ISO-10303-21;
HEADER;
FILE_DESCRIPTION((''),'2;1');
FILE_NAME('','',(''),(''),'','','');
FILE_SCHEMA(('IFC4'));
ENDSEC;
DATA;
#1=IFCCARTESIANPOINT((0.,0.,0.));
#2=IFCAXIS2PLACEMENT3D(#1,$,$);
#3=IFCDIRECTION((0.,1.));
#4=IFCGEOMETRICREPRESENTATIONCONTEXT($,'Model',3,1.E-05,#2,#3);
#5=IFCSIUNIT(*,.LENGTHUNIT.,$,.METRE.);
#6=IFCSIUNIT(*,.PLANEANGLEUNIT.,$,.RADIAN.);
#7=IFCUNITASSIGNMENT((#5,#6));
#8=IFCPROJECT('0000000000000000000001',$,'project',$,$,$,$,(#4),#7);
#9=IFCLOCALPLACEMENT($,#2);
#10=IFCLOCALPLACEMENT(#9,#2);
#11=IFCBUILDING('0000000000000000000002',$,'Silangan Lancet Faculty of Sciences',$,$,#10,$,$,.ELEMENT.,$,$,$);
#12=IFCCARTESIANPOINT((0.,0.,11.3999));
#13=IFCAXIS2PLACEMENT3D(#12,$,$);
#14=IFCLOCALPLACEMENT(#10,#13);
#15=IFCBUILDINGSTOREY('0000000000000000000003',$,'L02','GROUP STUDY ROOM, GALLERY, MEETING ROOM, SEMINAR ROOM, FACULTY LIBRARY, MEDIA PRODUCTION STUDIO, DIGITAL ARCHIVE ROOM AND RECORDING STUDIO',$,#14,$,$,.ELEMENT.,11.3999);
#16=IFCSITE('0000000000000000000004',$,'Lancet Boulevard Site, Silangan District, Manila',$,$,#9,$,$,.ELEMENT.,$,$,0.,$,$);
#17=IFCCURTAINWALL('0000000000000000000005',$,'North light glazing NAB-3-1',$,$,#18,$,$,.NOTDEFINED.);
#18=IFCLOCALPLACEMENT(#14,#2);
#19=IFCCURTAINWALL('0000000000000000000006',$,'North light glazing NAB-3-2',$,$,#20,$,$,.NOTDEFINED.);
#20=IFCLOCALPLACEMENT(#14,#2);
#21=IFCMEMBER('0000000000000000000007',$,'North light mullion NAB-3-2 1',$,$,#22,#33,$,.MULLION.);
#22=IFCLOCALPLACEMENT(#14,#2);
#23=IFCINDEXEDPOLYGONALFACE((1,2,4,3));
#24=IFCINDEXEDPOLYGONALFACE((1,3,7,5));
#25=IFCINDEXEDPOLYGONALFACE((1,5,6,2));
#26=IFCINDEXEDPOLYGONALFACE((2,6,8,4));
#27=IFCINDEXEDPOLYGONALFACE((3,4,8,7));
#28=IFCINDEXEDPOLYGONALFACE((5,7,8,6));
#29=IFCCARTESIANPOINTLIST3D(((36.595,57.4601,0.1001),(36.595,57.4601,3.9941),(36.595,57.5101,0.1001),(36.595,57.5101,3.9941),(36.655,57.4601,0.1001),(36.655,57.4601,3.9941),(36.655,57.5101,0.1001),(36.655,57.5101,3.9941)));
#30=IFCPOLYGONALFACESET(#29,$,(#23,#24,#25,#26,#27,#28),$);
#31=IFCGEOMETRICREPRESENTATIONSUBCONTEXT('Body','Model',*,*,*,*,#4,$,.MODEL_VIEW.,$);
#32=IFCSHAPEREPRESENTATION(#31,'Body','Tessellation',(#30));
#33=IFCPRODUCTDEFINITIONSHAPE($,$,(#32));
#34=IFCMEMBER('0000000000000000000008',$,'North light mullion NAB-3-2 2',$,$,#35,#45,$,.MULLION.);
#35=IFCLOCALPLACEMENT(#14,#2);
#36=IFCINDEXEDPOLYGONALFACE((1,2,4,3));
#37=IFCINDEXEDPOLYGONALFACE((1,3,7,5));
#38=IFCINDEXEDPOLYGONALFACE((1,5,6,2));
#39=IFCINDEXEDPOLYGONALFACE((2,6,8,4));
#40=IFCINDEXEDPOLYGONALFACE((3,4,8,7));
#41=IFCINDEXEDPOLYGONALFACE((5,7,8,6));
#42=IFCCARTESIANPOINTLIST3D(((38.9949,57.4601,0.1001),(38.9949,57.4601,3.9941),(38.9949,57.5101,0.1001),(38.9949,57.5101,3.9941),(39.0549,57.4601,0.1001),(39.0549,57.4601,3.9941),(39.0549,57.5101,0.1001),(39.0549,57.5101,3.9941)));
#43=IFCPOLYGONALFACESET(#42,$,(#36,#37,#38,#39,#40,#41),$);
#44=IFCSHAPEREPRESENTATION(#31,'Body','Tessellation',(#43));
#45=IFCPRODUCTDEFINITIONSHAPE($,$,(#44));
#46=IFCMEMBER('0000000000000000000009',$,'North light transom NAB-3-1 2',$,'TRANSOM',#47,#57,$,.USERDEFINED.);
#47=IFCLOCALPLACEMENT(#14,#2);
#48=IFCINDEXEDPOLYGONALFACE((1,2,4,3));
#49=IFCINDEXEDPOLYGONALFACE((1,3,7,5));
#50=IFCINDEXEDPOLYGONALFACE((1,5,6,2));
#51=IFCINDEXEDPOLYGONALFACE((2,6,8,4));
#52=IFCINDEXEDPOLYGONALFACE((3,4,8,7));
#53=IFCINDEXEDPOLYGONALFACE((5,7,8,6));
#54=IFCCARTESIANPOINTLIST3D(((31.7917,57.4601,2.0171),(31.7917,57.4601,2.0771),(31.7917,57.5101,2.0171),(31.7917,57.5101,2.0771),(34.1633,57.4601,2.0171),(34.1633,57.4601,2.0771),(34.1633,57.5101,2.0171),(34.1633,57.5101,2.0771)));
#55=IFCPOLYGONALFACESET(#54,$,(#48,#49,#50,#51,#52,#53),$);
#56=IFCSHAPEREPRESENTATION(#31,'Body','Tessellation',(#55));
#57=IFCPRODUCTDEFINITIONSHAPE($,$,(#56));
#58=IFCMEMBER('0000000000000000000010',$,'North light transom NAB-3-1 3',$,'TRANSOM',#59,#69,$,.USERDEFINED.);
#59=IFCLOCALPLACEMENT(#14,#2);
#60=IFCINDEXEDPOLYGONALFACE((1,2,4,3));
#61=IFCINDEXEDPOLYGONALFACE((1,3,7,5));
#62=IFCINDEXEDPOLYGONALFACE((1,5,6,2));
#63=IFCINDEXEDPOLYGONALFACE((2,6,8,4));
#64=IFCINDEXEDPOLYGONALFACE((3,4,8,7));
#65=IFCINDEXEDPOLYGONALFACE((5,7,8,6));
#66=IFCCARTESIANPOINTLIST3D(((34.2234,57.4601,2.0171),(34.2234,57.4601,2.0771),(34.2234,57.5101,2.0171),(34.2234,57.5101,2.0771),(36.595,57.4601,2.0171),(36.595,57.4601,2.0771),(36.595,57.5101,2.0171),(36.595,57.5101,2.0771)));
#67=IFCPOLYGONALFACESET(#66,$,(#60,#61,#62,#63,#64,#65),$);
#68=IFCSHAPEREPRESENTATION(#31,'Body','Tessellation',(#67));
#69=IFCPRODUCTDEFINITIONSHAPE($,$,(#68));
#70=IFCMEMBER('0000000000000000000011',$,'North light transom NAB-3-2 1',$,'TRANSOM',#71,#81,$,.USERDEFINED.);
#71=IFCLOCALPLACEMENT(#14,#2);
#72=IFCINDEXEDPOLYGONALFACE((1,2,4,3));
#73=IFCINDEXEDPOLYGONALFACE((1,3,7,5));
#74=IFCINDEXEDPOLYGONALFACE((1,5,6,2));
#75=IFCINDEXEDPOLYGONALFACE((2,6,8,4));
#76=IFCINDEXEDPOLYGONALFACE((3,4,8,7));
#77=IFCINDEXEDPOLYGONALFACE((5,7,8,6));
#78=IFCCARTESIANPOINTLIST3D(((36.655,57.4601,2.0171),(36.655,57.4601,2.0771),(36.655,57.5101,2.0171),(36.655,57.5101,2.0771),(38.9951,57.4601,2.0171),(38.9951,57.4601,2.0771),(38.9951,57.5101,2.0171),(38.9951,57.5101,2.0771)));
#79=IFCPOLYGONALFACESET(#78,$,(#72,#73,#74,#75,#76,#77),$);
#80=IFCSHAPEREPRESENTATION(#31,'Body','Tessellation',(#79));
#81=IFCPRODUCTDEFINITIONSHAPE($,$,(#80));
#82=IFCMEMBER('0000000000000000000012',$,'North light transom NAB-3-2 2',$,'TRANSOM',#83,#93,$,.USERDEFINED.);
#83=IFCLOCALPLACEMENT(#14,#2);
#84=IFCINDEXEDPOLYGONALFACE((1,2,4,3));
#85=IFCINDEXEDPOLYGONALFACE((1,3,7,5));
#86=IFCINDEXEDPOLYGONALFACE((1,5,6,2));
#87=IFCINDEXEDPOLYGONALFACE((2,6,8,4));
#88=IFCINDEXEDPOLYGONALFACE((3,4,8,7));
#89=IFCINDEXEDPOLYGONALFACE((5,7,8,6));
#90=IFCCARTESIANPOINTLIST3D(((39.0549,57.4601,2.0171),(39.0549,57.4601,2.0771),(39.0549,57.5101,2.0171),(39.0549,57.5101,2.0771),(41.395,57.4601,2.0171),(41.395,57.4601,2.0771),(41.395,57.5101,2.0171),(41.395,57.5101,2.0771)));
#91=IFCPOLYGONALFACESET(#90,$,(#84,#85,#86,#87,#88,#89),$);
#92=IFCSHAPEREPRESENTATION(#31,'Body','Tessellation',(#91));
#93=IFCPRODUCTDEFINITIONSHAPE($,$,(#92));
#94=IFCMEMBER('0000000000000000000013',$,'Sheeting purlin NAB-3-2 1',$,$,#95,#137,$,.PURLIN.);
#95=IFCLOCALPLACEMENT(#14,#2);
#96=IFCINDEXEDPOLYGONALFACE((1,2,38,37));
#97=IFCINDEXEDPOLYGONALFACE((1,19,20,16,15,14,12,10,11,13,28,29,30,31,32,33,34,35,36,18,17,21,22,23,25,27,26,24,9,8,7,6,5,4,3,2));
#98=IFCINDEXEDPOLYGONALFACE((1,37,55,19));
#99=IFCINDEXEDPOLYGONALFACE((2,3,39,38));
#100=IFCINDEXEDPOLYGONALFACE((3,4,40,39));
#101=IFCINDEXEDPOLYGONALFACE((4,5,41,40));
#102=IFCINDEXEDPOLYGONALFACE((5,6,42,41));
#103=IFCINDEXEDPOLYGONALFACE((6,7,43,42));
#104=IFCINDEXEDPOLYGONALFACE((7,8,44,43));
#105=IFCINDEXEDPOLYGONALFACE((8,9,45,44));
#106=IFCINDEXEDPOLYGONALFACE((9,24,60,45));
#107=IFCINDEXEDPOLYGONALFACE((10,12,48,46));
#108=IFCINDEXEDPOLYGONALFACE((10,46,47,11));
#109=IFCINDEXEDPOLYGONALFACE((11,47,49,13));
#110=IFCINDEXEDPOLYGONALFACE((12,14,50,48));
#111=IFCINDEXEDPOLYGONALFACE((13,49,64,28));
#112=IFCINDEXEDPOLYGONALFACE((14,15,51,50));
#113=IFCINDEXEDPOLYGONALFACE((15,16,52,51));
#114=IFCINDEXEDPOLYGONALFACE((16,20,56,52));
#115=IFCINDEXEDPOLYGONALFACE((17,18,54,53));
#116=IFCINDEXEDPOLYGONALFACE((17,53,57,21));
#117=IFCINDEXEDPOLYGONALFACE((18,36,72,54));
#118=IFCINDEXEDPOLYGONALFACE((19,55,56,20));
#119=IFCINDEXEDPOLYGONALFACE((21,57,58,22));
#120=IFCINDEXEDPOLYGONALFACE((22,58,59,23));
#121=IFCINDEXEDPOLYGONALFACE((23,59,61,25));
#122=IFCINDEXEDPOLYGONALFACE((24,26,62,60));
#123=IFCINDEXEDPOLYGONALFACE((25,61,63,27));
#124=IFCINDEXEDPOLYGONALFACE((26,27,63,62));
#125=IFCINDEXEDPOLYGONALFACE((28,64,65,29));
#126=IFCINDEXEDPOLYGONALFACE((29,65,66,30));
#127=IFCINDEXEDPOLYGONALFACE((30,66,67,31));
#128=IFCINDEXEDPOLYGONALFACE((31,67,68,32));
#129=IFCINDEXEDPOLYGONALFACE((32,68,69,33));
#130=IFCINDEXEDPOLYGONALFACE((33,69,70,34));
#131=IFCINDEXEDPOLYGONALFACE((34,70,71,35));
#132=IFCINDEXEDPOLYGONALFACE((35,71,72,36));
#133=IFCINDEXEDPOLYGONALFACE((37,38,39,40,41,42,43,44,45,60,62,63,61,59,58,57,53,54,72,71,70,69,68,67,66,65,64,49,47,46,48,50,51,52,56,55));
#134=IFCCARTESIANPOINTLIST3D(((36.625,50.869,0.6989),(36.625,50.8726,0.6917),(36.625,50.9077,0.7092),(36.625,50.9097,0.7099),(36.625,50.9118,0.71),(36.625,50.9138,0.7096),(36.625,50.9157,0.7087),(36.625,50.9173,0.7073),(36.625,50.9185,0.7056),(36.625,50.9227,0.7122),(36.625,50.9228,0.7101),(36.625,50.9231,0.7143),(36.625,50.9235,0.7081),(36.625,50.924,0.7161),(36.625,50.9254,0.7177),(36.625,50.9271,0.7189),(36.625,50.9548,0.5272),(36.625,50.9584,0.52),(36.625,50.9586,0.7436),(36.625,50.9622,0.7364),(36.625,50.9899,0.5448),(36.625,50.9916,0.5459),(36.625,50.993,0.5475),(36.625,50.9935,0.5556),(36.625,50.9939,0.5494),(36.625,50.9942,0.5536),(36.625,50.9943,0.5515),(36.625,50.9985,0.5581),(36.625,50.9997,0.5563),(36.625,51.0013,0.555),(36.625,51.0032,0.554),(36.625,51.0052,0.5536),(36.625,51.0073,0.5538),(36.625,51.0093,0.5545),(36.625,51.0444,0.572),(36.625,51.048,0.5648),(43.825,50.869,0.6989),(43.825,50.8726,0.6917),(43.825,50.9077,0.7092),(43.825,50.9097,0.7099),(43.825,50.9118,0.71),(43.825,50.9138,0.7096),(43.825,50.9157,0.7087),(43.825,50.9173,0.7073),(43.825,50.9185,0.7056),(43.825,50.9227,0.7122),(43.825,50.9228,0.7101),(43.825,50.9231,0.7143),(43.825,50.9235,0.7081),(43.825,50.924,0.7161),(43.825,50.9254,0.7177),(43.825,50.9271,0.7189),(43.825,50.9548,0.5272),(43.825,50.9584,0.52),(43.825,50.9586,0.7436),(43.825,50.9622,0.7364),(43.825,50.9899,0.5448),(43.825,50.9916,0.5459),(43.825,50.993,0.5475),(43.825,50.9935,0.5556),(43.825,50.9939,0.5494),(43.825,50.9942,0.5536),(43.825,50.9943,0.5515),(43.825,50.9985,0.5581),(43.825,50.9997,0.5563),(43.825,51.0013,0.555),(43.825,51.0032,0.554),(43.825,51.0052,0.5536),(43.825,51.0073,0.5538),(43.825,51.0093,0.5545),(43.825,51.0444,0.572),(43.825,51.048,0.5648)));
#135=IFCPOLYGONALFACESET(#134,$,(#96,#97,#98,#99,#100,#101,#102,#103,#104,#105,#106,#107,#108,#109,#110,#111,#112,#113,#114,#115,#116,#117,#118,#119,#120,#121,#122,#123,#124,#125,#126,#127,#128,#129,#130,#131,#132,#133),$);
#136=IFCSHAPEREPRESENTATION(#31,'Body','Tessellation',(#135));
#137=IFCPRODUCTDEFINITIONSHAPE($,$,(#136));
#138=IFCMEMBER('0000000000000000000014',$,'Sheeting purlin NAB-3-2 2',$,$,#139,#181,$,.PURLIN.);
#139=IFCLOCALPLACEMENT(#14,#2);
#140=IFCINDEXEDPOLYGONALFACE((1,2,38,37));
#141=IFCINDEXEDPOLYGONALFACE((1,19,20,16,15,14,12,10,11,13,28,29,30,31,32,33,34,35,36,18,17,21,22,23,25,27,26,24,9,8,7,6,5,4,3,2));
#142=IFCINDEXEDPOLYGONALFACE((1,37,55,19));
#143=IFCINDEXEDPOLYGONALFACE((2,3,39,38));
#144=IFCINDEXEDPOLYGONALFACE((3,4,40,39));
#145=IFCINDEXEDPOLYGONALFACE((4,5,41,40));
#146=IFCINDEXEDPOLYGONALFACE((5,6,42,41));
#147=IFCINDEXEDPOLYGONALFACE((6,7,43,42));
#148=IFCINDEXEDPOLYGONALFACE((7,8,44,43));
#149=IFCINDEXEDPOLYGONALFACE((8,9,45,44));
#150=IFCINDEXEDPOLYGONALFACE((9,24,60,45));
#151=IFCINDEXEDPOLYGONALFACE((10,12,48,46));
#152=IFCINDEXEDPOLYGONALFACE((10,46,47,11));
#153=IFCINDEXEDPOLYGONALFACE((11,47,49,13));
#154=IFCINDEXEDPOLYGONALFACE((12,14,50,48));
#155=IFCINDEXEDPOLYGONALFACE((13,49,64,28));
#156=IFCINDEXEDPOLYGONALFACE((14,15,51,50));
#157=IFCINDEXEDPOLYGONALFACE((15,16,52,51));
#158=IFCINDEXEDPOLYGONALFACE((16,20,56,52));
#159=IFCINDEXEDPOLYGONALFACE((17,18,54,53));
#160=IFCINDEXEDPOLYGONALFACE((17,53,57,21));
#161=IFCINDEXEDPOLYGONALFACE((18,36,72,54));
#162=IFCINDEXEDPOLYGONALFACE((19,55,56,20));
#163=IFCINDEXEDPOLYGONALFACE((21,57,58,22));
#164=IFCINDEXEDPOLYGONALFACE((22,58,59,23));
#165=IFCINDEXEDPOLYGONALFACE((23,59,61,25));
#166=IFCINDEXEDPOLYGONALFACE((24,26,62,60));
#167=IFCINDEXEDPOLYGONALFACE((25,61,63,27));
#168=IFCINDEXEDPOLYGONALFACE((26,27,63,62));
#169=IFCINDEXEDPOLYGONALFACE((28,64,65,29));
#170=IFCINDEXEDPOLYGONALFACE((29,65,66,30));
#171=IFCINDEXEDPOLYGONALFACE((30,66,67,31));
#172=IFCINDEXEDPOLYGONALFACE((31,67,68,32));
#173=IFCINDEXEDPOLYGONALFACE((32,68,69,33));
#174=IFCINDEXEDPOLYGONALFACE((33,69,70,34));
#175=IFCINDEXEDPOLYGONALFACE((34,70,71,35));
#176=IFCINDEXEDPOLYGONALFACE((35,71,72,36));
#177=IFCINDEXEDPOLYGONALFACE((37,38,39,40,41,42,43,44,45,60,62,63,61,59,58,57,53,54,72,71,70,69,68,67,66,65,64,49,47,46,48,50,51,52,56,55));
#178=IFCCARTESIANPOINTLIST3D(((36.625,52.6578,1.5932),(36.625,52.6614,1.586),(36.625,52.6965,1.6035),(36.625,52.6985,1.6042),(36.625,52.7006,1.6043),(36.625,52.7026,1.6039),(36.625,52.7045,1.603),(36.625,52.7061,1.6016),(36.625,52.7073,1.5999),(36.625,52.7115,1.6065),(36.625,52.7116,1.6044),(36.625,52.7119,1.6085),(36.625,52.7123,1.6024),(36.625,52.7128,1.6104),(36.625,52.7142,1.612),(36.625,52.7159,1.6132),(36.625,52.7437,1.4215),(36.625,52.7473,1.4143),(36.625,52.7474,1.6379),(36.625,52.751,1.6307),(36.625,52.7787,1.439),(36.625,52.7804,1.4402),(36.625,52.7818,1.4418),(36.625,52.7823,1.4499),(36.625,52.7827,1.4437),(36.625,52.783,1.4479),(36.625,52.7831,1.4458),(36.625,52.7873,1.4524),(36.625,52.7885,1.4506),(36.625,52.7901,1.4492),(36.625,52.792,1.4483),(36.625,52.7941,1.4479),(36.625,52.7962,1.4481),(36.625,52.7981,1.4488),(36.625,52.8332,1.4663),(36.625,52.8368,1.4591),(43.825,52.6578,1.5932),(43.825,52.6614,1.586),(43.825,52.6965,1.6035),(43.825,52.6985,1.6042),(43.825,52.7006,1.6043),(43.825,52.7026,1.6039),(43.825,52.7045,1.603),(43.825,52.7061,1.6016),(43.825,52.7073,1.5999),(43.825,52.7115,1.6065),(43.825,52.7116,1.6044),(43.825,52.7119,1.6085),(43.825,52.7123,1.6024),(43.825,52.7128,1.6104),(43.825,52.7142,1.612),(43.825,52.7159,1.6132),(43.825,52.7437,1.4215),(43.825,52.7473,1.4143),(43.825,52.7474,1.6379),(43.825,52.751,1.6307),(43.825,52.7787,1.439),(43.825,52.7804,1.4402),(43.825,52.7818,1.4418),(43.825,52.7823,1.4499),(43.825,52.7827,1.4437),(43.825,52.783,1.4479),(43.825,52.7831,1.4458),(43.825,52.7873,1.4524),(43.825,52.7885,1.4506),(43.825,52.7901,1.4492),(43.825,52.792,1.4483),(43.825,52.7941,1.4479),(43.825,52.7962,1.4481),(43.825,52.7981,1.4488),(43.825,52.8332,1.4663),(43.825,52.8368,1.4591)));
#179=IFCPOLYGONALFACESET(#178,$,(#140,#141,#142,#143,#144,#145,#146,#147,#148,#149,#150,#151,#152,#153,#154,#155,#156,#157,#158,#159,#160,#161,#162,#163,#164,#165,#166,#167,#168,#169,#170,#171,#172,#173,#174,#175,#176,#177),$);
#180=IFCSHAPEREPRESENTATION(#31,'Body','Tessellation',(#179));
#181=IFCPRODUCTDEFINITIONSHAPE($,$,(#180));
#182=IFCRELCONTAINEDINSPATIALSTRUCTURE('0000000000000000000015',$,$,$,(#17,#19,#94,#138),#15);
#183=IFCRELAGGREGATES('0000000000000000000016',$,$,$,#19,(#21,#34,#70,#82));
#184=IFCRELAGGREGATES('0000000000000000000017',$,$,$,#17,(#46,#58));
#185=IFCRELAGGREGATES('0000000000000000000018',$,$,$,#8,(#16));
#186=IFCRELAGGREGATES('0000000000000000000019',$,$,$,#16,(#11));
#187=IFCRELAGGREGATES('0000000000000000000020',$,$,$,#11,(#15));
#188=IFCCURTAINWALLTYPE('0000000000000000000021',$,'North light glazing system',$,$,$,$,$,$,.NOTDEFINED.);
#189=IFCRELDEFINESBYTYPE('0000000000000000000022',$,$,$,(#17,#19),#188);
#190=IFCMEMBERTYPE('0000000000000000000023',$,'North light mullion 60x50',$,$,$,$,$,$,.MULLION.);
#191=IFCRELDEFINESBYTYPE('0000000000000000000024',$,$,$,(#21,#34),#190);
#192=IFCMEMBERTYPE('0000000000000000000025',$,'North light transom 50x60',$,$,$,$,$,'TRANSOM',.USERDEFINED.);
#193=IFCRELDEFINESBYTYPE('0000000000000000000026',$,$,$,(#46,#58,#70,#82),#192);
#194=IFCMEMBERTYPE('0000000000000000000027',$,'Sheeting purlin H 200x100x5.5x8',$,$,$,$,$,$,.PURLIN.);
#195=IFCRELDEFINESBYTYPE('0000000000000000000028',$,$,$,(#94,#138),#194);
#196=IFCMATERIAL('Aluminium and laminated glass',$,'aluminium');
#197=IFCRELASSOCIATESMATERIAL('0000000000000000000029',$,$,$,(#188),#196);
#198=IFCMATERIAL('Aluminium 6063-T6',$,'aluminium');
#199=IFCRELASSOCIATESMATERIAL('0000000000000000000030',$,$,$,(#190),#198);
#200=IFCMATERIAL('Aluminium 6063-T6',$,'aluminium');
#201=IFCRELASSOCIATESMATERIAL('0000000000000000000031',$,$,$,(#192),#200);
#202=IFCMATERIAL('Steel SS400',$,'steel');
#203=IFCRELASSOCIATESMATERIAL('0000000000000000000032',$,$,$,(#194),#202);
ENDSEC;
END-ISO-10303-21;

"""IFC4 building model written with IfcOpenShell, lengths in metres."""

from ifc_helpers import new_model, si_unit, direction, frame, origin, origin_2d, place, context, subcontext, project, spatial, rectangle, i_section, extrude, material, material_profile, profile_set, type_object, element, aggregate, save


model = new_model("IFC4")

# Units and contexts
model_context = context("Model", 3, precision=1e-05, world=origin(), true_north=direction((0.0, 1.0)))
body_context = subcontext(model_context, "Body", "Model", "MODEL_VIEW")
ifc_project = project(units=[si_unit("LENGTHUNIT", "METRE"), si_unit("PLANEANGLEUNIT", "RADIAN")], contexts=[model_context])

# Site, building, storey
site_placement = place(None, origin())
site = spatial("IfcSite", under=ifc_project, at=site_placement, Name="Lancet Boulevard Site, Silangan District, Manila", CompositionType="ELEMENT", RefElevation=0.0)
building_placement = place(site_placement, origin())
building = spatial("IfcBuilding", under=site, at=building_placement, Name="Silangan Lancet Faculty of Sciences", CompositionType="ELEMENT")
storey_placement = place(building_placement, frame((0.0, 0.0, 11.3999)))
storey = spatial("IfcBuildingStorey", under=building, at=storey_placement, Name="L02", Description="GROUP STUDY ROOM, GALLERY, MEETING ROOM, SEMINAR ROOM, FACULTY LIBRARY, MEDIA PRODUCTION STUDIO, DIGITAL ARCHIVE ROOM AND RECORDING STUDIO", CompositionType="ELEMENT", Elevation=11.3999)

# Curtain walls, members
ifc_material_1 = material(Name="Aluminium and laminated glass", Category="aluminium")
curtain_wall_type = type_object("IfcCurtainWallType", Name="North light glazing system", PredefinedType="NOTDEFINED", material=ifc_material_1)
curtain_wall_1_placement = place(storey_placement, origin())
curtain_wall_1 = element("IfcCurtainWall", 1, at=curtain_wall_1_placement, inside=storey, type_object=curtain_wall_type, Name="North light glazing NAB-3-1", PredefinedType="NOTDEFINED")
ifc_material_2 = material(Name="Aluminium 6063-T6", Category="aluminium")
ifc_material_profile_1 = material_profile(ifc_material_2, rectangle(XDim=0.0601, YDim=0.05, at=origin_2d()), Name="AL 60x50")
ifc_profile_set_1 = profile_set([ifc_material_profile_1], Name="Aluminium 6063-T6")
member_type_1 = type_object("IfcMemberType", Name="North light mullion 60x50", PredefinedType="MULLION", material=ifc_profile_set_1)
curtain_wall_2_placement = place(storey_placement, origin())
curtain_wall_2 = element("IfcCurtainWall", 2, at=curtain_wall_2_placement, inside=storey, type_object=curtain_wall_type, Name="North light glazing NAB-3-2", PredefinedType="NOTDEFINED")
member_1_placement = place(storey_placement, frame((36.625, 57.4851, 0.1001), z_axis=(0.0, 0.0, 1.0), x_axis=(1.0, 0.0, 0.0)))
member_1 = element("IfcMember", 3, at=member_1_placement, type_object=member_type_1, Name="North light mullion NAB-3-2 1", PredefinedType="MULLION", context=body_context, shape_type="SweptSolid", body=[
    extrude(rectangle(XDim=0.0601, YDim=0.05, at=origin_2d()), origin(), (0.0, 0.0, 1.0), 3.894),
])
member_2_placement = place(storey_placement, frame((39.0249, 57.4851, 0.1001), z_axis=(0.0, 0.0, 1.0), x_axis=(1.0, 0.0, 0.0)))
member_2 = element("IfcMember", 4, at=member_2_placement, type_object=member_type_1, Name="North light mullion NAB-3-2 2", PredefinedType="MULLION", context=body_context, shape_type="SweptSolid", body=[
    extrude(rectangle(XDim=0.0601, YDim=0.05, at=origin_2d()), origin(), (0.0, 0.0, 1.0), 3.894),
])

# Members
ifc_material_3 = material(Name="Aluminium 6063-T6", Category="aluminium")
ifc_material_profile_2 = material_profile(ifc_material_3, rectangle(XDim=0.05, YDim=0.0601, at=origin_2d()), Name="AL 50x60")
ifc_profile_set_2 = profile_set([ifc_material_profile_2], Name="Aluminium 6063-T6")
member_type_2 = type_object("IfcMemberType", Name="North light transom 50x60", ElementType="TRANSOM", PredefinedType="USERDEFINED", material=ifc_profile_set_2)
member_3_placement = place(storey_placement, frame((31.7917, 57.4851, 2.0471), z_axis=(1.0, 0.0, 0.0), x_axis=(0.0, 1.0, 0.0)))
member_3 = element("IfcMember", 5, at=member_3_placement, type_object=member_type_2, Name="North light transom NAB-3-1 2", ObjectType="TRANSOM", PredefinedType="USERDEFINED", context=body_context, shape_type="SweptSolid", body=[
    extrude(rectangle(XDim=0.05, YDim=0.0601, at=origin_2d()), origin(), (0.0, 0.0, 1.0), 2.3716),
])
member_4_placement = place(storey_placement, frame((34.2234, 57.4851, 2.0471), z_axis=(1.0, 0.0, 0.0), x_axis=(0.0, 1.0, 0.0)))
member_4 = element("IfcMember", 6, at=member_4_placement, type_object=member_type_2, Name="North light transom NAB-3-1 3", ObjectType="TRANSOM", PredefinedType="USERDEFINED", context=body_context, shape_type="SweptSolid", body=[
    extrude(rectangle(XDim=0.05, YDim=0.0601, at=origin_2d()), origin(), (0.0, 0.0, 1.0), 2.3716),
])
member_5_placement = place(storey_placement, frame((36.655, 57.4851, 2.0471), z_axis=(1.0, 0.0, 0.0), x_axis=(0.0, 1.0, 0.0)))
member_5 = element("IfcMember", 7, at=member_5_placement, type_object=member_type_2, Name="North light transom NAB-3-2 1", ObjectType="TRANSOM", PredefinedType="USERDEFINED", context=body_context, shape_type="SweptSolid", body=[
    extrude(rectangle(XDim=0.05, YDim=0.0601, at=origin_2d()), origin(), (0.0, 0.0, 1.0), 2.3401),
])
member_6_placement = place(storey_placement, frame((39.0549, 57.4851, 2.0471), z_axis=(1.0, 0.0, 0.0), x_axis=(0.0, 1.0, 0.0)))
member_6 = element("IfcMember", 8, at=member_6_placement, type_object=member_type_2, Name="North light transom NAB-3-2 2", ObjectType="TRANSOM", PredefinedType="USERDEFINED", context=body_context, shape_type="SweptSolid", body=[
    extrude(rectangle(XDim=0.05, YDim=0.0601, at=origin_2d()), origin(), (0.0, 0.0, 1.0), 2.3401),
])

# Members
ifc_material_4 = material(Name="Steel SS400", Category="steel")
ifc_material_profile_3 = material_profile(ifc_material_4, i_section(OverallWidth=0.1001, OverallDepth=0.2, WebThickness=0.0056, FlangeThickness=0.0081, FilletRadius=0.0081, at=origin_2d()), Name="H 200x100x5.5x8")
ifc_profile_set_3 = profile_set([ifc_material_profile_3], Name="Steel SS400")
member_type_3 = type_object("IfcMemberType", Name="Sheeting purlin H 200x100x5.5x8", PredefinedType="PURLIN", material=ifc_profile_set_3)
for number, where, z_axis, x_axis, name in (
    (9, (36.625, 50.9585, 0.6318), (1.0, 0.0, 0.0), (0.0, 0.894427, 0.447214), "Sheeting purlin NAB-3-2 1"),
    (10, (36.625, 52.7473, 1.5261), (1.0, 0.0, 0.0), (0.0, 0.894427, 0.447214), "Sheeting purlin NAB-3-2 2"),
):
    element("IfcMember", number, at=place(storey_placement, frame(where, z_axis=z_axis, x_axis=x_axis)), inside=storey, type_object=member_type_3, Name=name, PredefinedType="PURLIN", context=body_context, shape_type="SweptSolid", body=[
        extrude(i_section(OverallWidth=0.1001, OverallDepth=0.2, WebThickness=0.0056, FlangeThickness=0.0081, FilletRadius=0.0081, at=origin_2d()), origin(), (0.0, 0.0, 1.0), 7.2),
    ])

aggregate(curtain_wall_2, [member_1, member_2, member_5, member_6])
aggregate(curtain_wall_1, [member_3, member_4])

save(model, "model.ifc")
